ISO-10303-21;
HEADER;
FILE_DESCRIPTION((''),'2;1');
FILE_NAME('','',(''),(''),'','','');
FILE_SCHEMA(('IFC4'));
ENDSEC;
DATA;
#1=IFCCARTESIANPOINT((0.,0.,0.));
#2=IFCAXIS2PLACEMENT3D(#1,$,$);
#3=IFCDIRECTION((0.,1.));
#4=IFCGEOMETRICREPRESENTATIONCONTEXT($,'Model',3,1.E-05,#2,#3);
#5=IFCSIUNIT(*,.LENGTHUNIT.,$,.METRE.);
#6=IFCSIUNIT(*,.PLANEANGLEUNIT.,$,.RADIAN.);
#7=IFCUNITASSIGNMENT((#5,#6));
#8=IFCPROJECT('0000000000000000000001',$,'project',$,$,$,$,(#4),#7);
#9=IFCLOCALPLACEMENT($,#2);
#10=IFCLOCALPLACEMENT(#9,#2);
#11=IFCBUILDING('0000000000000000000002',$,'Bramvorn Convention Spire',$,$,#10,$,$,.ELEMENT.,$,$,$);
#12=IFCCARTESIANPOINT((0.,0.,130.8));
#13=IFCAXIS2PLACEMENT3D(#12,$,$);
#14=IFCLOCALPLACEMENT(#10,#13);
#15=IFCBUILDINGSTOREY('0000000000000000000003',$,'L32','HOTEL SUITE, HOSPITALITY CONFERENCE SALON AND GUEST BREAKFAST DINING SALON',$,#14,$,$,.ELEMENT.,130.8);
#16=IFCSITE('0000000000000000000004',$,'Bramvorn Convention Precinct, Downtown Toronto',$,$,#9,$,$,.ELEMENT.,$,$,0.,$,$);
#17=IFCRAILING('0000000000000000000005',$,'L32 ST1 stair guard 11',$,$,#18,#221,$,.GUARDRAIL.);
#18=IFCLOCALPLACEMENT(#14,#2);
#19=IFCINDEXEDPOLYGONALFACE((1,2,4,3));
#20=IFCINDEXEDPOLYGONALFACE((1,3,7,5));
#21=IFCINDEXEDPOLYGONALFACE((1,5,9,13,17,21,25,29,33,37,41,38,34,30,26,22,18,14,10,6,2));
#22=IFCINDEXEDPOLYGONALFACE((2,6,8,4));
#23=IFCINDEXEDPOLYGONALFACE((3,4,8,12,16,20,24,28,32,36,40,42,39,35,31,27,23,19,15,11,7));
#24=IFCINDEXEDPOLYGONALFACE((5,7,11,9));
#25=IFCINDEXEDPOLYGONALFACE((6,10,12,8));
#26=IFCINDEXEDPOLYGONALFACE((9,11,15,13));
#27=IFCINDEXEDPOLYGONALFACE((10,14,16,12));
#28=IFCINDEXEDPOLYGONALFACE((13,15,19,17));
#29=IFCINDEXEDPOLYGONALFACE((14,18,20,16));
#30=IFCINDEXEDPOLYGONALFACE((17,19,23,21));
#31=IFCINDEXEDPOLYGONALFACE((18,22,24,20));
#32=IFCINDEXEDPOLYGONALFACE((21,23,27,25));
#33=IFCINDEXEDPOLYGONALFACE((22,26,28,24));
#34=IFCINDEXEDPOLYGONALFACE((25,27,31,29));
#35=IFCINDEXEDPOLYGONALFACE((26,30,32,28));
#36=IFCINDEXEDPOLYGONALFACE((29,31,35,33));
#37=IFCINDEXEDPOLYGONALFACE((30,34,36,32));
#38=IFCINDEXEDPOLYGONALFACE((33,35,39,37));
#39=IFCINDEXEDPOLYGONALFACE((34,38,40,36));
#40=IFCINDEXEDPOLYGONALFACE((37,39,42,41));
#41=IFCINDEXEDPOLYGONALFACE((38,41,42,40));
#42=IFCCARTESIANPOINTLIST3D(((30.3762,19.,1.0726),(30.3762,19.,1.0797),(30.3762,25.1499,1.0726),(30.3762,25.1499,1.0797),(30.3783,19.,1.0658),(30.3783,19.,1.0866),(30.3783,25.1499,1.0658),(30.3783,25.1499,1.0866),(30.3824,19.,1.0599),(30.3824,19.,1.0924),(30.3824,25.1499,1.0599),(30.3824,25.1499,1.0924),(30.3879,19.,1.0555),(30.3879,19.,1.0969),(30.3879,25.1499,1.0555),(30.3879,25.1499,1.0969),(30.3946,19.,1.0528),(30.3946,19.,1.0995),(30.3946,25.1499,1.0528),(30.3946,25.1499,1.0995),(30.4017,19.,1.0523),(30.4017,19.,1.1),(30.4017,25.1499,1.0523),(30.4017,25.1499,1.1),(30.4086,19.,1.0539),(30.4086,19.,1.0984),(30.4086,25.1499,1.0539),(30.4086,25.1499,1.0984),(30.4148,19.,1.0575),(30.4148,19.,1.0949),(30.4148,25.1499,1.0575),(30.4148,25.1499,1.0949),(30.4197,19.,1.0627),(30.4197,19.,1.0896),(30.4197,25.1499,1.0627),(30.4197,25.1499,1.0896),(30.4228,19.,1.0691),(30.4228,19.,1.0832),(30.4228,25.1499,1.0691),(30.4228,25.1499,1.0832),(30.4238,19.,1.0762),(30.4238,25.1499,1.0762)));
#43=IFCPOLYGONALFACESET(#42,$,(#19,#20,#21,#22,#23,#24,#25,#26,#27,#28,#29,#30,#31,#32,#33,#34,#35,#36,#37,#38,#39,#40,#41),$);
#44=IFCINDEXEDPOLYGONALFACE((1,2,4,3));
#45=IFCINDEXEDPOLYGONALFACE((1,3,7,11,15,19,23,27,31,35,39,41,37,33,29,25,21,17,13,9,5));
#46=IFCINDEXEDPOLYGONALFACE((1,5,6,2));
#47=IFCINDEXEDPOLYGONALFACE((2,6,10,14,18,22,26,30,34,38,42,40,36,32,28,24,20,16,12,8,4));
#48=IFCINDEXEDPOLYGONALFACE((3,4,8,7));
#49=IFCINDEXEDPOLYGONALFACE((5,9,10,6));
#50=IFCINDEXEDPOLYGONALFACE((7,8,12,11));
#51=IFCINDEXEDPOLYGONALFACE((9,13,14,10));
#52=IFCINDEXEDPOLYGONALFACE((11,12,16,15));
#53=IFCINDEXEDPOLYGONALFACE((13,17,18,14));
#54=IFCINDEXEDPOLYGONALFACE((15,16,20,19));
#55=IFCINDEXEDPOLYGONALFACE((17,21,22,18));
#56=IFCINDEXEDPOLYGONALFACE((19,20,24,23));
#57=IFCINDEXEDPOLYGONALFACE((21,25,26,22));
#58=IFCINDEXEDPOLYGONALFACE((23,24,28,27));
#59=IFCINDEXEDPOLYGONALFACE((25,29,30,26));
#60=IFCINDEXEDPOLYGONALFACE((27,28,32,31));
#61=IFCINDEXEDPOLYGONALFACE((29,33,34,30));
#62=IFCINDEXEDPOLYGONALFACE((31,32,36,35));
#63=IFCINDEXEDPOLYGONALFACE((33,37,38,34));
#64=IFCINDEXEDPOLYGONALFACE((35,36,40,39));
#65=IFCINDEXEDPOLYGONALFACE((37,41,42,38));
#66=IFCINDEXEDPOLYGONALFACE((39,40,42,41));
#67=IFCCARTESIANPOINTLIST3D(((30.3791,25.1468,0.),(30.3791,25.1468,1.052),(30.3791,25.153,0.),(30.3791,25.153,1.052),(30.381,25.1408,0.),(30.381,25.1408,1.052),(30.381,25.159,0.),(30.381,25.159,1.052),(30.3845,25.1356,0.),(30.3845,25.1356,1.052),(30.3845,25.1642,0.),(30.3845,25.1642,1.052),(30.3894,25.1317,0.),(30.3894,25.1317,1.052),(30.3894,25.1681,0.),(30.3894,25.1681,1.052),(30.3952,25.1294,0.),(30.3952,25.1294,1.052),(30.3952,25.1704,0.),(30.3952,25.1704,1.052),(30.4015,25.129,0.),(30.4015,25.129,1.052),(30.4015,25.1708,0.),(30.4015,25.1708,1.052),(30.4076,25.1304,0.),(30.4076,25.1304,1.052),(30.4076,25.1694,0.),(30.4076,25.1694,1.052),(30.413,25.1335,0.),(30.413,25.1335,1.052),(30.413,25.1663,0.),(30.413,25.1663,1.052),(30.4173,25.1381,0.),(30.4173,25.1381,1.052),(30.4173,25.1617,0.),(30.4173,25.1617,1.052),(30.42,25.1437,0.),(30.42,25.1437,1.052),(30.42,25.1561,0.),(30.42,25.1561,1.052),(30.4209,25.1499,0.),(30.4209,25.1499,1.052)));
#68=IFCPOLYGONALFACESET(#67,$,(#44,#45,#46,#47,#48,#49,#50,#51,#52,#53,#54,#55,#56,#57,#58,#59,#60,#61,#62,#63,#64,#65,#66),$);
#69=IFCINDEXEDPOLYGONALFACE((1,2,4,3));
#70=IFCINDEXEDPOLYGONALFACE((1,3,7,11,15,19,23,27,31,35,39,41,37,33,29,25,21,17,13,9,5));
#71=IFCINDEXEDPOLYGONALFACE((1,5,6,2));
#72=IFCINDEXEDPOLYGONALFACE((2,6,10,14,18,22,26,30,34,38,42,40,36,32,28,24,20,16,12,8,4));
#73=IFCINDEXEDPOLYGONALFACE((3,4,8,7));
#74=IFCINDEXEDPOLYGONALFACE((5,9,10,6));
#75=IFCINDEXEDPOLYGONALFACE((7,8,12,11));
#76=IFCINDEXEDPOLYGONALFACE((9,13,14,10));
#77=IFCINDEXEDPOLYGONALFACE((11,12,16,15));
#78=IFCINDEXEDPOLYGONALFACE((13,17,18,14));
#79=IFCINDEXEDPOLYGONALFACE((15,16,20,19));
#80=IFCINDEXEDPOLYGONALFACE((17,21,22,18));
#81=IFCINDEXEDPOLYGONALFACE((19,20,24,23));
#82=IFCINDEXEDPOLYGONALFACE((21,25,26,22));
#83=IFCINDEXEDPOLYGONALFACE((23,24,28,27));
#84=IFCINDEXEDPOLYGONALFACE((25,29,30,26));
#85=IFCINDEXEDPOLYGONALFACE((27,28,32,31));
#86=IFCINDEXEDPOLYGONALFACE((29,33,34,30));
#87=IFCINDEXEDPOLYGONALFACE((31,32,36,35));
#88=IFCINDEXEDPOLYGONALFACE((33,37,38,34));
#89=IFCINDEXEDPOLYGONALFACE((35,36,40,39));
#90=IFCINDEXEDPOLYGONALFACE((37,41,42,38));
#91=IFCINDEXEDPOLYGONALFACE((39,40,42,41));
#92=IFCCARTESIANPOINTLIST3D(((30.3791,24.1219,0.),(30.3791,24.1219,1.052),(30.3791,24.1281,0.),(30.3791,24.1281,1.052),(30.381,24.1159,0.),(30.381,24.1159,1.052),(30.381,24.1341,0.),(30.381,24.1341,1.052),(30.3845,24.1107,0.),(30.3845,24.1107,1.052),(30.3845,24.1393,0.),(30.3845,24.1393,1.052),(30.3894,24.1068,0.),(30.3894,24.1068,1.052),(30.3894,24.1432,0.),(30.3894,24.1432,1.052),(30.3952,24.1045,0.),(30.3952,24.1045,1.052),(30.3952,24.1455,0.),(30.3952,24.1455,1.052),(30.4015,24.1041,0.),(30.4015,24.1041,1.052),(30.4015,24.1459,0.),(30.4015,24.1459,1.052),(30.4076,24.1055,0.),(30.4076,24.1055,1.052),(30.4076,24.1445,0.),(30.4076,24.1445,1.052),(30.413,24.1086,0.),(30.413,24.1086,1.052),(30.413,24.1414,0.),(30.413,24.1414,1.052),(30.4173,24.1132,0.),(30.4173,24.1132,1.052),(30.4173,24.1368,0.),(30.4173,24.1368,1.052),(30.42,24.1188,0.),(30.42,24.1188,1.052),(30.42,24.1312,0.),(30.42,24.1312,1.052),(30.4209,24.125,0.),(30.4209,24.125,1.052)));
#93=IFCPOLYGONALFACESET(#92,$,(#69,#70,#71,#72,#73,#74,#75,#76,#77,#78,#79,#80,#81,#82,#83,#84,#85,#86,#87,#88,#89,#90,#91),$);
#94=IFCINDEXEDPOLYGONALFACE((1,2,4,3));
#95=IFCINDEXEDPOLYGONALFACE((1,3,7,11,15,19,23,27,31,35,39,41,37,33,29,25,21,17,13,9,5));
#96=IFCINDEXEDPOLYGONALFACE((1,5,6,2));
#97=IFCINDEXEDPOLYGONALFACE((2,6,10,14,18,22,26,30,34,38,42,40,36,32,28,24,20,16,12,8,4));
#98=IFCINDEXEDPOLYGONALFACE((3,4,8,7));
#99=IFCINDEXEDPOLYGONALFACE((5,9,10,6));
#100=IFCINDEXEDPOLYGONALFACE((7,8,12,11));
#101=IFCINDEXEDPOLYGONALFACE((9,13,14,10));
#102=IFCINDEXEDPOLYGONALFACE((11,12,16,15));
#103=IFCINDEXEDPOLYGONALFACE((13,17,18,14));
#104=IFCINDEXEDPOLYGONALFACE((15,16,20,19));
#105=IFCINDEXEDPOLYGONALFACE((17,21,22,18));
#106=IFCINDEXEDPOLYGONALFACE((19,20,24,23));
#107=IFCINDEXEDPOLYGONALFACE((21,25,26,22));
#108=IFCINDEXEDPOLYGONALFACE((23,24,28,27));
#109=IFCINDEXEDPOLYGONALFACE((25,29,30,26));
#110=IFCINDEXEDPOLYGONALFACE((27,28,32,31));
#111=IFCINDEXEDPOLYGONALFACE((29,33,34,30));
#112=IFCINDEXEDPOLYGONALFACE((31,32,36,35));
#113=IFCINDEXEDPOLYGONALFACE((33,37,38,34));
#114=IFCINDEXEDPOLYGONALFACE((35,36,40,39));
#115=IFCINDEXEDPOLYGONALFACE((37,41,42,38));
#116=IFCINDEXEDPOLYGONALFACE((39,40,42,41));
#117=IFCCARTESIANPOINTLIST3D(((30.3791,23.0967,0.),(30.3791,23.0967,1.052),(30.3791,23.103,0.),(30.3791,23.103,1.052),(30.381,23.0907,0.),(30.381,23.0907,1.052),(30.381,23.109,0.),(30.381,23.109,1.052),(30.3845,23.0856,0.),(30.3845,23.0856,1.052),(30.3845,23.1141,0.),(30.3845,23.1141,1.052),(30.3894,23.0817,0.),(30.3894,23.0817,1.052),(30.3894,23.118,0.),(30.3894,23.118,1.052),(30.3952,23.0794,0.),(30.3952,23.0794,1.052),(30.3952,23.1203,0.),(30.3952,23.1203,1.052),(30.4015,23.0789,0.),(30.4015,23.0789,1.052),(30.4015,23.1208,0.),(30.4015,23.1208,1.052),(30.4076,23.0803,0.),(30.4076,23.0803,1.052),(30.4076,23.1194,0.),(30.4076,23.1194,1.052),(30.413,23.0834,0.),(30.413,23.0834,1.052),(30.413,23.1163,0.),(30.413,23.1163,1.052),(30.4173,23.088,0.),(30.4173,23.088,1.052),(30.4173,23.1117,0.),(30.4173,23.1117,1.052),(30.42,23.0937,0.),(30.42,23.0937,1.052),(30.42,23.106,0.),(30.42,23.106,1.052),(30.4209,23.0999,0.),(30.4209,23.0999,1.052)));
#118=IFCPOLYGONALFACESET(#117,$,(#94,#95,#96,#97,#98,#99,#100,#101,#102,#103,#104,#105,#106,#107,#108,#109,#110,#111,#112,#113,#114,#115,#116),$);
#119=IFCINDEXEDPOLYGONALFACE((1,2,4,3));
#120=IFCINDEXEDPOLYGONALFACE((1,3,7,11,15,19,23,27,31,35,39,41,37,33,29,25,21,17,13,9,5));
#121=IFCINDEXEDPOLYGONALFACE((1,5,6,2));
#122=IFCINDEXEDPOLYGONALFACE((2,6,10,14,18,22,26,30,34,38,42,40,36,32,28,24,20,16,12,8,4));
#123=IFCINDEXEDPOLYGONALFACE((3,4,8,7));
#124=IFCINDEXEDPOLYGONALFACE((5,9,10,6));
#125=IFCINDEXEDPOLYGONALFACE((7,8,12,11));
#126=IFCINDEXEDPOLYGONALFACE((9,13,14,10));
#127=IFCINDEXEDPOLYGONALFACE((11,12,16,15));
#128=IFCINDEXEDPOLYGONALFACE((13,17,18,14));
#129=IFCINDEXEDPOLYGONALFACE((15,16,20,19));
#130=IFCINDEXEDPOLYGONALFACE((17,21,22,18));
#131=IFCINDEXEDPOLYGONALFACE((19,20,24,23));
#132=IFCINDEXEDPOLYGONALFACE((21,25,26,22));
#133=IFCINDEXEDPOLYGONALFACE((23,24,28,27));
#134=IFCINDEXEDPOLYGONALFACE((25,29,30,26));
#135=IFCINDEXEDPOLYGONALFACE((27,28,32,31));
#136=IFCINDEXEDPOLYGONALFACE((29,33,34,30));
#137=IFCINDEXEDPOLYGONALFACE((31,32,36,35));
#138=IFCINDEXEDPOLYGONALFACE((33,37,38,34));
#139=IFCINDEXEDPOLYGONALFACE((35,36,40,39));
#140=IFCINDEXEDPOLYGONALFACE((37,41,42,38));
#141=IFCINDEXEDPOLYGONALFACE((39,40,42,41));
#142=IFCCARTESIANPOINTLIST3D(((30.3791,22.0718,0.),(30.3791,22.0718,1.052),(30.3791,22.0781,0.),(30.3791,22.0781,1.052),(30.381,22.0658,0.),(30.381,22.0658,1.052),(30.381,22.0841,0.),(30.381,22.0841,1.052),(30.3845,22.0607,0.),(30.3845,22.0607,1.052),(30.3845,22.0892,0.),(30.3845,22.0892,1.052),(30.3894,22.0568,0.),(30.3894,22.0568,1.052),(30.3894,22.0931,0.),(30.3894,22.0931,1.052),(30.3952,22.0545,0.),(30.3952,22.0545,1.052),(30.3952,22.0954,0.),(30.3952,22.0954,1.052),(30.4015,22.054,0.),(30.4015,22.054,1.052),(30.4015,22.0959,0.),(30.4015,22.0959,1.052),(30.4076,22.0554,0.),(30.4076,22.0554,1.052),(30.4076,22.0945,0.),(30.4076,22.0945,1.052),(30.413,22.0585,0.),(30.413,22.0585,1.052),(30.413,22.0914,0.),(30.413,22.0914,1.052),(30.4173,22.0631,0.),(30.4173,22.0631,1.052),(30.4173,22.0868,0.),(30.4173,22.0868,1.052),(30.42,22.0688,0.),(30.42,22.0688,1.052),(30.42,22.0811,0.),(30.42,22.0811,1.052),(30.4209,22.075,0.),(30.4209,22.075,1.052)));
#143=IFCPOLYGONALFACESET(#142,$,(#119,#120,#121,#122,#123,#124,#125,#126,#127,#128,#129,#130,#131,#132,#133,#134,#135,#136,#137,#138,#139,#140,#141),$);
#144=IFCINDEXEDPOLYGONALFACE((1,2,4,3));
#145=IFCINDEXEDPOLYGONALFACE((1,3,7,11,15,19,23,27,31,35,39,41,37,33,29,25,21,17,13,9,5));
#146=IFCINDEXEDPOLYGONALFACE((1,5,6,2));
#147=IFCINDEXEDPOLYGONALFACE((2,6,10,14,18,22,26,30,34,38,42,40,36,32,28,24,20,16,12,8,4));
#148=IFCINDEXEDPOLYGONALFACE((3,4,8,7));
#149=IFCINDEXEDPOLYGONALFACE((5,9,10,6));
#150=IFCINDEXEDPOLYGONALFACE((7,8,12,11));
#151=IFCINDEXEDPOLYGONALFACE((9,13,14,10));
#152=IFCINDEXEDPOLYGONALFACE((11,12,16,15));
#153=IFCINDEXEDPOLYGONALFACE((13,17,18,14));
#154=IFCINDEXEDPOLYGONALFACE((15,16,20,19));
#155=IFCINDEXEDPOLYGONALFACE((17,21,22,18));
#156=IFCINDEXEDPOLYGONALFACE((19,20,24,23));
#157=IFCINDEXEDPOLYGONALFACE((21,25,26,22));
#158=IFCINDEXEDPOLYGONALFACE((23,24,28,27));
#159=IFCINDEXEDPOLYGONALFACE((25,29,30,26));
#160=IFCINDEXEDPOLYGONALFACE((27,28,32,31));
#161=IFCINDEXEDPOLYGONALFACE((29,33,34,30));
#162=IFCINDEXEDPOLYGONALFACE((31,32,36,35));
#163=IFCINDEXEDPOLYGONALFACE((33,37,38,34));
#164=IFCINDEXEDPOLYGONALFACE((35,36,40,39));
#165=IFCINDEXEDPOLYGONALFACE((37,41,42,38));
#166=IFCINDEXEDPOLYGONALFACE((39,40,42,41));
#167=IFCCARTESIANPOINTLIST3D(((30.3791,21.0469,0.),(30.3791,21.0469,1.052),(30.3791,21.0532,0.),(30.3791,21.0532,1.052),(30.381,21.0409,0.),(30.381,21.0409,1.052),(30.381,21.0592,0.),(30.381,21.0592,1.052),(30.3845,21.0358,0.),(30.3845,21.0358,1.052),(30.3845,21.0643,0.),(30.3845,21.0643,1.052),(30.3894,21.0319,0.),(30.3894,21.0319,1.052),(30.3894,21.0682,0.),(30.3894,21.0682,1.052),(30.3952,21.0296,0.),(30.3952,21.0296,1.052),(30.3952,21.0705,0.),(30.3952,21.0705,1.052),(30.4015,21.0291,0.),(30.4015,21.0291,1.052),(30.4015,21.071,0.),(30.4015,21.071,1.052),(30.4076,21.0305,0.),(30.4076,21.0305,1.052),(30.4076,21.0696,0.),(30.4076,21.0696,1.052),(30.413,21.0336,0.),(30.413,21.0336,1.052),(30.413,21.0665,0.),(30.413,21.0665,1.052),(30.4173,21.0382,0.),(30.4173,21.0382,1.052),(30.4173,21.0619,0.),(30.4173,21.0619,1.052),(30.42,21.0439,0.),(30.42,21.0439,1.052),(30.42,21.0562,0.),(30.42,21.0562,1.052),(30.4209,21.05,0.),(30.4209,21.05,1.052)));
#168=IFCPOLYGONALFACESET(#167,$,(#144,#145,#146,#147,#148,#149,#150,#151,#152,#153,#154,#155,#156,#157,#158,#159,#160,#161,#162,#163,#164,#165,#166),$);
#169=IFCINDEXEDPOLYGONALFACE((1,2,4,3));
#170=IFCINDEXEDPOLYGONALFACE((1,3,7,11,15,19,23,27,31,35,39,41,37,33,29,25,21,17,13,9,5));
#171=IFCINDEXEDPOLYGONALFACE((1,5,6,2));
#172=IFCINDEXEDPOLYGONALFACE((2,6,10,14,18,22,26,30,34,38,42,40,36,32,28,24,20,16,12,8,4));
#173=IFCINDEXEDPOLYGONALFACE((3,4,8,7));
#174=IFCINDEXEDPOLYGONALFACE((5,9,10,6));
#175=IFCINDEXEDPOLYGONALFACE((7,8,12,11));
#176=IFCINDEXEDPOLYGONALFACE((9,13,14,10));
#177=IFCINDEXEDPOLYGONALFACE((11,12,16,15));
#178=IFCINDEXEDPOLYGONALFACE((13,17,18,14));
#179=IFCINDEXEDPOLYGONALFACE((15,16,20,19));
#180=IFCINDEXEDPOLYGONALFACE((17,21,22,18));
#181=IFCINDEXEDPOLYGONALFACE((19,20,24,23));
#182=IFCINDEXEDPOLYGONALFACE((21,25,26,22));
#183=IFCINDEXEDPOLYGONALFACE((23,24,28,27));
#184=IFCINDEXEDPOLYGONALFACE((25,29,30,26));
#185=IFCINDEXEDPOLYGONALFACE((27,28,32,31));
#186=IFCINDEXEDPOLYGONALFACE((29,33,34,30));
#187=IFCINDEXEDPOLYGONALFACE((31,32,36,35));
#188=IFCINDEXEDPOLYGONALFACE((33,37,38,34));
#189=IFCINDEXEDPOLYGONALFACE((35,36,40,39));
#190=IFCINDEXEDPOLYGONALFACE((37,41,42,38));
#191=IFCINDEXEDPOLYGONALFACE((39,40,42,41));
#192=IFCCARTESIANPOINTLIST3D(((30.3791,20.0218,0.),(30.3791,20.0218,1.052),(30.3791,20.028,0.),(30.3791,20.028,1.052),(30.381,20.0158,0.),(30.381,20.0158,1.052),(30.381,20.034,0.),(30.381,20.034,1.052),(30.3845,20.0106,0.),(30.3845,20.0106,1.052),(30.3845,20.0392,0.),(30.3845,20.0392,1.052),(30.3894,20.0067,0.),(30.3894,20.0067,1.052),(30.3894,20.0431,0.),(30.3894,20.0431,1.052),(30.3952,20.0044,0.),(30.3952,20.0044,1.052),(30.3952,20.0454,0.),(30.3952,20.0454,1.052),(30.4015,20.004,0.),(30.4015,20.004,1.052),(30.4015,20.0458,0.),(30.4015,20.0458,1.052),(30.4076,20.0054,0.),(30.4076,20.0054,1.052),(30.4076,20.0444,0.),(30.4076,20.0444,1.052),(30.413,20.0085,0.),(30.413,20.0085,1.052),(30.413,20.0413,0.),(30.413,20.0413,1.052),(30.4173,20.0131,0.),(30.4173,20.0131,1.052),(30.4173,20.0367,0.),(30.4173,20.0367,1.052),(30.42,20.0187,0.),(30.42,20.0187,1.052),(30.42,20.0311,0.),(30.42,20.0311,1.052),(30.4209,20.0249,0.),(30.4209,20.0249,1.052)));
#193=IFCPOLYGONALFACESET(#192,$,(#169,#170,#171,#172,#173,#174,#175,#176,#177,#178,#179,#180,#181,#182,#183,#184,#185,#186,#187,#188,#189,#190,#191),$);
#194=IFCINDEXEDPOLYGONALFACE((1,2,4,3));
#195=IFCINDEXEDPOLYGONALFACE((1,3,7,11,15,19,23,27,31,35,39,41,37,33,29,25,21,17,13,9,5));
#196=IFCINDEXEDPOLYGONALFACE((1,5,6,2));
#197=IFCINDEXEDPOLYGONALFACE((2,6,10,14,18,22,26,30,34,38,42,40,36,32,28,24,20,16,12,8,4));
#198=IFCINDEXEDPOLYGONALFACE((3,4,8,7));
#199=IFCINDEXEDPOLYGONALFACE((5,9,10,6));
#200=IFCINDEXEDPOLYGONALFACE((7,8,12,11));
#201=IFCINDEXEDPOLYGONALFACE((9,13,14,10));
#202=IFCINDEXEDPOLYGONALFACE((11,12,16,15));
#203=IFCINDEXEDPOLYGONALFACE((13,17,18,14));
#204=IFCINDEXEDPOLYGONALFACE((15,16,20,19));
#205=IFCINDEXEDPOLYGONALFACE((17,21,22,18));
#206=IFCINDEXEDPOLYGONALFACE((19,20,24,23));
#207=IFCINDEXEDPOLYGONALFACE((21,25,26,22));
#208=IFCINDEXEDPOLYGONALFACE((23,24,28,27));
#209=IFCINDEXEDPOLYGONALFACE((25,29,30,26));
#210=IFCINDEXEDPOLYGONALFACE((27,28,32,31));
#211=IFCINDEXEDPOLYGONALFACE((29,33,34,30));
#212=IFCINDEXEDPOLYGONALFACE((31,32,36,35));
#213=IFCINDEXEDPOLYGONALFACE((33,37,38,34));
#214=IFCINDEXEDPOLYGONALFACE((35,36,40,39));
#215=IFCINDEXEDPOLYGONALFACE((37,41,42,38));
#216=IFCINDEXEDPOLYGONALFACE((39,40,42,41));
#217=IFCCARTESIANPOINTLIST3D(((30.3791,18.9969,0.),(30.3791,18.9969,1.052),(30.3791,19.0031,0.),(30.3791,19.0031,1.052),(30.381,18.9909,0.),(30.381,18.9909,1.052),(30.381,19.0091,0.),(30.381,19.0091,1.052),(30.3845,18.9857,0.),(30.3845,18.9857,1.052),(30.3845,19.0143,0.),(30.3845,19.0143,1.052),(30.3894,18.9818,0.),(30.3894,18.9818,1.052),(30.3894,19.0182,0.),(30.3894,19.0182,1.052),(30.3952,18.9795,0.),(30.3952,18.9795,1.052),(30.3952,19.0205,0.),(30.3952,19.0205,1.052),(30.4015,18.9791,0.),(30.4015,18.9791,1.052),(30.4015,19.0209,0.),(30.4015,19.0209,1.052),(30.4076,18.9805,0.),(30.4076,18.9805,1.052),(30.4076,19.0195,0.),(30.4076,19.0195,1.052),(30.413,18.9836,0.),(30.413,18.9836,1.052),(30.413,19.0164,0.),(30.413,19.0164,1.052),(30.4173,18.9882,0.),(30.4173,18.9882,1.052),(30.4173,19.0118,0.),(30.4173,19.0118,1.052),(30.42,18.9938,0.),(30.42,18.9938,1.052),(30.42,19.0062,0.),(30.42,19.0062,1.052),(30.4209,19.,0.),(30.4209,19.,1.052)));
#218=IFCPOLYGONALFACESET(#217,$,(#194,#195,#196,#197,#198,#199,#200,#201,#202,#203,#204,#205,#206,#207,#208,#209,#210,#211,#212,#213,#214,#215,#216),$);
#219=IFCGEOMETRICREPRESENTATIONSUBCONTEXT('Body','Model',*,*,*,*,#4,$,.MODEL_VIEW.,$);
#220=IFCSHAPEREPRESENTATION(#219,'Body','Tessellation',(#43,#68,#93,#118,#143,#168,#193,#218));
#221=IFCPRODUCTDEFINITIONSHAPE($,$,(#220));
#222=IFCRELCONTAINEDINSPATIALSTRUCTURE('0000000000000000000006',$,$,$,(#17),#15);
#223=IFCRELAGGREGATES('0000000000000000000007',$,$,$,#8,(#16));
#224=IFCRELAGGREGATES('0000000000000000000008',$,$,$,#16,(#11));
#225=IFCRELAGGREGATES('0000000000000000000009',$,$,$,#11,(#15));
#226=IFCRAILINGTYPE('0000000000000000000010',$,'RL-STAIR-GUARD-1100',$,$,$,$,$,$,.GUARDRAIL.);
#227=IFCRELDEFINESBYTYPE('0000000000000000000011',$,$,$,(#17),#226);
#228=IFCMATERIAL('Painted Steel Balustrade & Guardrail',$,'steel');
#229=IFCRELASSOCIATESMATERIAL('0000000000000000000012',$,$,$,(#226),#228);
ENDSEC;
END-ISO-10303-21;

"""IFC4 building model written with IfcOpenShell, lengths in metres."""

from ifc_helpers import new_model, si_unit, direction, frame, origin, origin_2d, place, context, subcontext, project, spatial, circle, extrude, material, type_object, element, save


model = new_model("IFC4")

# Units and contexts
model_context = context("Model", 3, precision=1e-05, world=origin(), true_north=direction((0.0, 1.0)))
body_context = subcontext(model_context, "Body", "Model", "MODEL_VIEW")
ifc_project = project(units=[si_unit("LENGTHUNIT", "METRE"), si_unit("PLANEANGLEUNIT", "RADIAN")], contexts=[model_context])

# Site, building, storey
site_placement = place(None, origin())
site = spatial("IfcSite", under=ifc_project, at=site_placement, Name="Bramvorn Convention Precinct, Downtown Toronto", CompositionType="ELEMENT", RefElevation=0.0)
building_placement = place(site_placement, origin())
building = spatial("IfcBuilding", under=site, at=building_placement, Name="Bramvorn Convention Spire", CompositionType="ELEMENT")
storey_placement = place(building_placement, frame((0.0, 0.0, 130.8)))
storey = spatial("IfcBuildingStorey", under=building, at=storey_placement, Name="L32", Description="HOTEL SUITE, HOSPITALITY CONFERENCE SALON AND GUEST BREAKFAST DINING SALON", CompositionType="ELEMENT", Elevation=130.8)

# Railing
ifc_material_1 = material(Name="Painted Steel Balustrade & Guardrail", Category="steel")
railing_type = type_object("IfcRailingType", Name="RL-STAIR-GUARD-1100", PredefinedType="GUARDRAIL", material=ifc_material_1)
railing_1_placement = place(storey_placement, frame((30.3999, 25.1499, 0.0)))
element("IfcRailing", 1, at=railing_1_placement, inside=storey, type_object=railing_type, Name="L32 ST1 stair guard 11", PredefinedType="GUARDRAIL", context=body_context, shape_type="SweptSolid", body=[
    extrude(circle(Radius=0.0239, at=origin_2d()), frame((0.0, 0.0, 1.0762), z_axis=(0.0, -1.0, 0.0), x_axis=(1.0, 0.0, 0.0)), (0.0, 0.0, 1.0), 6.1499),
    extrude(circle(Radius=0.021, at=origin_2d()), origin(), (0.0, 0.0, 1.0), 1.052),
    extrude(circle(Radius=0.021, at=origin_2d()), frame((0.0, -1.0249, 0.0)), (0.0, 0.0, 1.0), 1.052),
    extrude(circle(Radius=0.021, at=origin_2d()), frame((0.0, -2.05, 0.0)), (0.0, 0.0, 1.0), 1.052),
    extrude(circle(Radius=0.021, at=origin_2d()), frame((0.0, -3.075, 0.0)), (0.0, 0.0, 1.0), 1.052),
    extrude(circle(Radius=0.021, at=origin_2d()), frame((0.0, -4.0999, 0.0)), (0.0, 0.0, 1.0), 1.052),
    extrude(circle(Radius=0.021, at=origin_2d()), frame((0.0, -5.125, 0.0)), (0.0, 0.0, 1.0), 1.052),
    extrude(circle(Radius=0.021, at=origin_2d()), frame((0.0, -6.1499, 0.0)), (0.0, 0.0, 1.0), 1.052),
])

save(model, "model.ifc")
